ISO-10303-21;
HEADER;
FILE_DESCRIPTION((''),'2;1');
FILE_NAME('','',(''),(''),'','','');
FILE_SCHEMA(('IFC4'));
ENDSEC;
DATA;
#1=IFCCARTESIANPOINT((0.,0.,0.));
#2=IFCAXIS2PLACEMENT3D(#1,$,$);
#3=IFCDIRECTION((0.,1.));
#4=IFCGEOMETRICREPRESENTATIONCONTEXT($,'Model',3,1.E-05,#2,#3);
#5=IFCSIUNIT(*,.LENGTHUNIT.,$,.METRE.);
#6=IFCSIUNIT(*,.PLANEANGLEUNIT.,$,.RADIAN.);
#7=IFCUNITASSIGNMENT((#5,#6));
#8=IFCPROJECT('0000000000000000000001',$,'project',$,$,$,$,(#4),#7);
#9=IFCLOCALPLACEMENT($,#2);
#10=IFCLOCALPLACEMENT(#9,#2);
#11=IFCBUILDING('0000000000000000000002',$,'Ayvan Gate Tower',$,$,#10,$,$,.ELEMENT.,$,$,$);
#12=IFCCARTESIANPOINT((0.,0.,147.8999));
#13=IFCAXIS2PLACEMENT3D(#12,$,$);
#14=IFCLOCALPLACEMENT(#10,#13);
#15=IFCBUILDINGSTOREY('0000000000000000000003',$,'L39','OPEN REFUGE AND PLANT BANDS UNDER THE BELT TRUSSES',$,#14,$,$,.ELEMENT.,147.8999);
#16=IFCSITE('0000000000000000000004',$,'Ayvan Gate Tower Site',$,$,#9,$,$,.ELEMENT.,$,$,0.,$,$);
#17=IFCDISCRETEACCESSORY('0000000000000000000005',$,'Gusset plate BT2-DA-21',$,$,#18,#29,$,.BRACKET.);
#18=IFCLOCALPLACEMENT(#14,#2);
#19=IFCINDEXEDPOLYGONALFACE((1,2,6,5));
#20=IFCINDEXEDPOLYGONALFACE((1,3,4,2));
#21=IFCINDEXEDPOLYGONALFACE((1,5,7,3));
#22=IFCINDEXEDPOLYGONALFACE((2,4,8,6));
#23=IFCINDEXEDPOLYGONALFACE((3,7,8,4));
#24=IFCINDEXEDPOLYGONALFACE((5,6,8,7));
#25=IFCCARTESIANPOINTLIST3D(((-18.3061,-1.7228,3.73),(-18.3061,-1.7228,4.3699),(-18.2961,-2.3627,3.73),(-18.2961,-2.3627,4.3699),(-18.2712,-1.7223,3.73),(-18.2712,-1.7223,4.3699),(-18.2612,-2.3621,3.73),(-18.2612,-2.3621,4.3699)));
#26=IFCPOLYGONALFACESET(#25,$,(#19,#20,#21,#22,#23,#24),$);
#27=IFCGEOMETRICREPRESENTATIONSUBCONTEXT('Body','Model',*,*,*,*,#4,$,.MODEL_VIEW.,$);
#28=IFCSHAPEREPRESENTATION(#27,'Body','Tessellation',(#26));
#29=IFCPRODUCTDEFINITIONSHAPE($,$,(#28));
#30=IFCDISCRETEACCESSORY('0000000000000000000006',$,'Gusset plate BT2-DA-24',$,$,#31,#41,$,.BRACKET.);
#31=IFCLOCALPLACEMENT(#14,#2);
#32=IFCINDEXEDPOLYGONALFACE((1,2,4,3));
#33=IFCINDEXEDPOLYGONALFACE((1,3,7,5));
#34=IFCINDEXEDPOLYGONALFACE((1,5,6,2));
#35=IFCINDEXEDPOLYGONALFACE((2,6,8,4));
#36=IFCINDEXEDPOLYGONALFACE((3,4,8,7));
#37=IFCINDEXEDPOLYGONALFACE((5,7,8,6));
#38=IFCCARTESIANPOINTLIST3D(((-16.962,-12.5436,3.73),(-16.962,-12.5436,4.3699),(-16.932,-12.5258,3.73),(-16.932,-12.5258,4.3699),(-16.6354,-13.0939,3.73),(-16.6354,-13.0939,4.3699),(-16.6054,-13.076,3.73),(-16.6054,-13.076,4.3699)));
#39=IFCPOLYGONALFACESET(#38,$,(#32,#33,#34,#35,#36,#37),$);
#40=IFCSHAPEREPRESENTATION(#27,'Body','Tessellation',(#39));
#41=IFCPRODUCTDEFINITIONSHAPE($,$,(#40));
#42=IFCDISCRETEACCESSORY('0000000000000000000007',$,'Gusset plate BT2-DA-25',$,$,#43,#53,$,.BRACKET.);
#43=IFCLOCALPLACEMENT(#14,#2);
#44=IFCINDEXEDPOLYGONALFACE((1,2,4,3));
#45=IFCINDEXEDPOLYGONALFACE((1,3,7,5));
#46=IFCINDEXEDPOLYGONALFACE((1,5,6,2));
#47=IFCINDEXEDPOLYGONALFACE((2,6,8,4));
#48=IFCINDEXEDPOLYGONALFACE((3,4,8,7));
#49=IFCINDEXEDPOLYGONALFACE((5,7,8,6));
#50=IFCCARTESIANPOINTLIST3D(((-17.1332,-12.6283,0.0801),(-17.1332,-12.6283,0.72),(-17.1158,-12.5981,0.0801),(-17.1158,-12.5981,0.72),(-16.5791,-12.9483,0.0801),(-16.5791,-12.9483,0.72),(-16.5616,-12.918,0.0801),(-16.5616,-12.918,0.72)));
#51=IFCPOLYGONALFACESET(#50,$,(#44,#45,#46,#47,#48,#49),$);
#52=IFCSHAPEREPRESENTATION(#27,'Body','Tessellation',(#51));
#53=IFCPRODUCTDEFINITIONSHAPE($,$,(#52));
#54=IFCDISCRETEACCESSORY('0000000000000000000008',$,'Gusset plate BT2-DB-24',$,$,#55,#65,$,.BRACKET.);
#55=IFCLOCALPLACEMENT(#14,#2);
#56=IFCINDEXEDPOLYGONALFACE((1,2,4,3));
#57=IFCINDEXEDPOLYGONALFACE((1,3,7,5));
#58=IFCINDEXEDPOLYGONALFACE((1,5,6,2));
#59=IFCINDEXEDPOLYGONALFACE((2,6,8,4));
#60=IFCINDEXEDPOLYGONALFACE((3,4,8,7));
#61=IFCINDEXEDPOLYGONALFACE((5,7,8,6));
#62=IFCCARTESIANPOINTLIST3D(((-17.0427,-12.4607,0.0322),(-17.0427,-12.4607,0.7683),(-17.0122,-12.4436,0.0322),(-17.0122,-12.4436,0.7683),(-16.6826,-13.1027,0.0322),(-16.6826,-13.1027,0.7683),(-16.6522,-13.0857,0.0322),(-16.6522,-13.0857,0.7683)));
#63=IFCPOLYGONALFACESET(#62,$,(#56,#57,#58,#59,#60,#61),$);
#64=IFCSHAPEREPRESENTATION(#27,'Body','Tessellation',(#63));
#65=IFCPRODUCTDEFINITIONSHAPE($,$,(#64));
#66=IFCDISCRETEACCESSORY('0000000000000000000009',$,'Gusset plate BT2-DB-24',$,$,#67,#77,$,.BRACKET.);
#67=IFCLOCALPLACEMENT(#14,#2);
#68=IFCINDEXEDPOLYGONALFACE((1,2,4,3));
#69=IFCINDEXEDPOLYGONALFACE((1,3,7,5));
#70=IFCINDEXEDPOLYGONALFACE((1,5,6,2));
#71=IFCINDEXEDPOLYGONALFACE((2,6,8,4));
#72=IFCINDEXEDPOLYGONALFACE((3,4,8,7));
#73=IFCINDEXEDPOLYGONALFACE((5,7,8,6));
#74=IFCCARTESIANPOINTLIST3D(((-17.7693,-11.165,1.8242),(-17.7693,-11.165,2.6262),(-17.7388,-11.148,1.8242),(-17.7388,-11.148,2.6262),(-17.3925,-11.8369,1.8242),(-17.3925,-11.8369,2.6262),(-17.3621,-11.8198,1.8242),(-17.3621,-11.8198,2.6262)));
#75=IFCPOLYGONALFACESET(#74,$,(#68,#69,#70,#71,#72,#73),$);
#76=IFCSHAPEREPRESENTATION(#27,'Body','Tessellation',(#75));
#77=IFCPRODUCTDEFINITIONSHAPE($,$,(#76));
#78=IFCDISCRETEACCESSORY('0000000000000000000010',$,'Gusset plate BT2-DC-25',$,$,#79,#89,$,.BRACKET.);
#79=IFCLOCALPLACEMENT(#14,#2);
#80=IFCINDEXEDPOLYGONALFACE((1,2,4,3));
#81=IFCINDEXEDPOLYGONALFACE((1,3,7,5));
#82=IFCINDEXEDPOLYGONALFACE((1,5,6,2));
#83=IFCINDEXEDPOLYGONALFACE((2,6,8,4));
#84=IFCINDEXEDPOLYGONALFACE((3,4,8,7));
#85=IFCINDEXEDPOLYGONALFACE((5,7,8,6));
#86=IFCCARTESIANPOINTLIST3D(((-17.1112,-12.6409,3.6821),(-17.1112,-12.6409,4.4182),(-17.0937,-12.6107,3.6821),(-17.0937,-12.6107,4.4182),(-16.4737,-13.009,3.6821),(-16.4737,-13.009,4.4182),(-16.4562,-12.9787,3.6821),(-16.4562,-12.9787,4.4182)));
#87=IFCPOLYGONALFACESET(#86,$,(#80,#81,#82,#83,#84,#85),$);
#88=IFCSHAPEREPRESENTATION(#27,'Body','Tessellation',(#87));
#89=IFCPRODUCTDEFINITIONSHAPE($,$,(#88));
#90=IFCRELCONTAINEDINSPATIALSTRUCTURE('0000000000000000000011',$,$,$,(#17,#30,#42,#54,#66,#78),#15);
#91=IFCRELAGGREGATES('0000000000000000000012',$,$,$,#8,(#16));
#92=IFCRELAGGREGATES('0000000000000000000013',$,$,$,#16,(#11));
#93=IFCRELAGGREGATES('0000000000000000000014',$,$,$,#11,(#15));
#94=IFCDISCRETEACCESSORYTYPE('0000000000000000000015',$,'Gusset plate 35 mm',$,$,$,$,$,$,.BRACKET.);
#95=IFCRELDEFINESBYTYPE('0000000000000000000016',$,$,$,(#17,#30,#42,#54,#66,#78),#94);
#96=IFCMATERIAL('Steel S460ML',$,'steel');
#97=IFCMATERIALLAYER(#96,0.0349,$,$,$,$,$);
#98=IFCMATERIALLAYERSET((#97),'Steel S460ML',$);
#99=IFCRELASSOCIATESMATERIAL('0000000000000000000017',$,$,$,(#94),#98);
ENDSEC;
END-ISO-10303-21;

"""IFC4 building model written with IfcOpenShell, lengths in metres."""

from ifc_helpers import new_model, si_unit, direction, frame, origin, origin_2d, place, context, subcontext, project, spatial, rectangle, extrude, material, layer, layer_set, type_object, element, save


model = new_model("IFC4")

# Units and contexts
model_context = context("Model", 3, precision=1e-05, world=origin(), true_north=direction((0.0, 1.0)))
body_context = subcontext(model_context, "Body", "Model", "MODEL_VIEW")
ifc_project = project(units=[si_unit("LENGTHUNIT", "METRE"), si_unit("PLANEANGLEUNIT", "RADIAN")], contexts=[model_context])

# Site, building, storey
site_placement = place(None, origin())
site = spatial("IfcSite", under=ifc_project, at=site_placement, Name="Ayvan Gate Tower Site", CompositionType="ELEMENT", RefElevation=0.0)
building_placement = place(site_placement, origin())
building = spatial("IfcBuilding", under=site, at=building_placement, Name="Ayvan Gate Tower", CompositionType="ELEMENT")
storey_placement = place(building_placement, frame((0.0, 0.0, 147.8999)))
storey = spatial("IfcBuildingStorey", under=building, at=storey_placement, Name="L39", Description="OPEN REFUGE AND PLANT BANDS UNDER THE BELT TRUSSES", CompositionType="ELEMENT", Elevation=147.8999)

# Shared definitions
ifc_material_1 = material(Name="Steel S460ML", Category="steel")

# Discrete accessories
ifc_layer_1 = layer(ifc_material_1, 0.0349)
ifc_layer_set_1 = layer_set([ifc_layer_1], Name="Steel S460ML")
discrete_accessory_type_1 = type_object("IfcDiscreteAccessoryType", Name="Gusset plate 35 mm", PredefinedType="BRACKET", material=ifc_layer_set_1)
for number, where, z_axis, x_axis, name in (
    (1, (-18.2837, -2.0425, 3.73), (0.0, 0.0, 1.0), (-0.015624, 0.999878, 0.0), "Gusset plate BT2-DA-21"),
    (2, (-16.7837, -12.8098, 3.73), (0.0, 0.0, 1.0), (-0.510361, 0.85996, 0.0), "Gusset plate BT2-DA-24"),
    (3, (-16.8474, -12.7732, 0.0801), (0.0, 0.0, 1.0), (-0.866025, 0.5, 0.0), "Gusset plate BT2-DA-25"),
):
    element("IfcDiscreteAccessory", number, at=place(storey_placement, frame(where, z_axis=z_axis, x_axis=x_axis)), inside=storey, type_object=discrete_accessory_type_1, Name=name, PredefinedType="BRACKET", context=body_context, shape_type="SweptSolid", body=[
        extrude(rectangle(XDim=0.6399, YDim=0.0349, at=origin_2d()), origin(), (0.0, 0.0, 1.0), 0.6399),
    ])
discrete_accessory_1_placement = place(storey_placement, frame((-16.8474, -12.7732, 0.0322), z_axis=(0.0, 0.0, 1.0), x_axis=(-0.489113, 0.87222, 0.0)))
element("IfcDiscreteAccessory", 4, at=discrete_accessory_1_placement, inside=storey, type_object=discrete_accessory_type_1, Name="Gusset plate BT2-DB-24", PredefinedType="BRACKET", context=body_context, shape_type="SweptSolid", body=[
    extrude(rectangle(XDim=0.7361, YDim=0.0349, at=origin_2d()), origin(), (0.0, 0.0, 1.0), 0.7361),
])
discrete_accessory_2_placement = place(storey_placement, frame((-17.5657, -11.4924, 1.8242), z_axis=(0.0, 0.0, 1.0), x_axis=(-0.489113, 0.87222, 0.0)))
element("IfcDiscreteAccessory", 5, at=discrete_accessory_2_placement, inside=storey, type_object=discrete_accessory_type_1, Name="Gusset plate BT2-DB-24", PredefinedType="BRACKET", context=body_context, shape_type="SweptSolid", body=[
    extrude(rectangle(XDim=0.7703, YDim=0.0349, at=origin_2d()), origin(), (0.0, 0.0, 1.0), 0.802),
])
discrete_accessory_3_placement = place(storey_placement, frame((-16.7837, -12.8098, 3.6821), z_axis=(0.0, 0.0, 1.0), x_axis=(-0.866025, 0.5, 0.0)))
element("IfcDiscreteAccessory", 6, at=discrete_accessory_3_placement, inside=storey, type_object=discrete_accessory_type_1, Name="Gusset plate BT2-DC-25", PredefinedType="BRACKET", context=body_context, shape_type="SweptSolid", body=[
    extrude(rectangle(XDim=0.7361, YDim=0.0349, at=origin_2d()), origin(), (0.0, 0.0, 1.0), 0.7361),
])

save(model, "model.ifc")
